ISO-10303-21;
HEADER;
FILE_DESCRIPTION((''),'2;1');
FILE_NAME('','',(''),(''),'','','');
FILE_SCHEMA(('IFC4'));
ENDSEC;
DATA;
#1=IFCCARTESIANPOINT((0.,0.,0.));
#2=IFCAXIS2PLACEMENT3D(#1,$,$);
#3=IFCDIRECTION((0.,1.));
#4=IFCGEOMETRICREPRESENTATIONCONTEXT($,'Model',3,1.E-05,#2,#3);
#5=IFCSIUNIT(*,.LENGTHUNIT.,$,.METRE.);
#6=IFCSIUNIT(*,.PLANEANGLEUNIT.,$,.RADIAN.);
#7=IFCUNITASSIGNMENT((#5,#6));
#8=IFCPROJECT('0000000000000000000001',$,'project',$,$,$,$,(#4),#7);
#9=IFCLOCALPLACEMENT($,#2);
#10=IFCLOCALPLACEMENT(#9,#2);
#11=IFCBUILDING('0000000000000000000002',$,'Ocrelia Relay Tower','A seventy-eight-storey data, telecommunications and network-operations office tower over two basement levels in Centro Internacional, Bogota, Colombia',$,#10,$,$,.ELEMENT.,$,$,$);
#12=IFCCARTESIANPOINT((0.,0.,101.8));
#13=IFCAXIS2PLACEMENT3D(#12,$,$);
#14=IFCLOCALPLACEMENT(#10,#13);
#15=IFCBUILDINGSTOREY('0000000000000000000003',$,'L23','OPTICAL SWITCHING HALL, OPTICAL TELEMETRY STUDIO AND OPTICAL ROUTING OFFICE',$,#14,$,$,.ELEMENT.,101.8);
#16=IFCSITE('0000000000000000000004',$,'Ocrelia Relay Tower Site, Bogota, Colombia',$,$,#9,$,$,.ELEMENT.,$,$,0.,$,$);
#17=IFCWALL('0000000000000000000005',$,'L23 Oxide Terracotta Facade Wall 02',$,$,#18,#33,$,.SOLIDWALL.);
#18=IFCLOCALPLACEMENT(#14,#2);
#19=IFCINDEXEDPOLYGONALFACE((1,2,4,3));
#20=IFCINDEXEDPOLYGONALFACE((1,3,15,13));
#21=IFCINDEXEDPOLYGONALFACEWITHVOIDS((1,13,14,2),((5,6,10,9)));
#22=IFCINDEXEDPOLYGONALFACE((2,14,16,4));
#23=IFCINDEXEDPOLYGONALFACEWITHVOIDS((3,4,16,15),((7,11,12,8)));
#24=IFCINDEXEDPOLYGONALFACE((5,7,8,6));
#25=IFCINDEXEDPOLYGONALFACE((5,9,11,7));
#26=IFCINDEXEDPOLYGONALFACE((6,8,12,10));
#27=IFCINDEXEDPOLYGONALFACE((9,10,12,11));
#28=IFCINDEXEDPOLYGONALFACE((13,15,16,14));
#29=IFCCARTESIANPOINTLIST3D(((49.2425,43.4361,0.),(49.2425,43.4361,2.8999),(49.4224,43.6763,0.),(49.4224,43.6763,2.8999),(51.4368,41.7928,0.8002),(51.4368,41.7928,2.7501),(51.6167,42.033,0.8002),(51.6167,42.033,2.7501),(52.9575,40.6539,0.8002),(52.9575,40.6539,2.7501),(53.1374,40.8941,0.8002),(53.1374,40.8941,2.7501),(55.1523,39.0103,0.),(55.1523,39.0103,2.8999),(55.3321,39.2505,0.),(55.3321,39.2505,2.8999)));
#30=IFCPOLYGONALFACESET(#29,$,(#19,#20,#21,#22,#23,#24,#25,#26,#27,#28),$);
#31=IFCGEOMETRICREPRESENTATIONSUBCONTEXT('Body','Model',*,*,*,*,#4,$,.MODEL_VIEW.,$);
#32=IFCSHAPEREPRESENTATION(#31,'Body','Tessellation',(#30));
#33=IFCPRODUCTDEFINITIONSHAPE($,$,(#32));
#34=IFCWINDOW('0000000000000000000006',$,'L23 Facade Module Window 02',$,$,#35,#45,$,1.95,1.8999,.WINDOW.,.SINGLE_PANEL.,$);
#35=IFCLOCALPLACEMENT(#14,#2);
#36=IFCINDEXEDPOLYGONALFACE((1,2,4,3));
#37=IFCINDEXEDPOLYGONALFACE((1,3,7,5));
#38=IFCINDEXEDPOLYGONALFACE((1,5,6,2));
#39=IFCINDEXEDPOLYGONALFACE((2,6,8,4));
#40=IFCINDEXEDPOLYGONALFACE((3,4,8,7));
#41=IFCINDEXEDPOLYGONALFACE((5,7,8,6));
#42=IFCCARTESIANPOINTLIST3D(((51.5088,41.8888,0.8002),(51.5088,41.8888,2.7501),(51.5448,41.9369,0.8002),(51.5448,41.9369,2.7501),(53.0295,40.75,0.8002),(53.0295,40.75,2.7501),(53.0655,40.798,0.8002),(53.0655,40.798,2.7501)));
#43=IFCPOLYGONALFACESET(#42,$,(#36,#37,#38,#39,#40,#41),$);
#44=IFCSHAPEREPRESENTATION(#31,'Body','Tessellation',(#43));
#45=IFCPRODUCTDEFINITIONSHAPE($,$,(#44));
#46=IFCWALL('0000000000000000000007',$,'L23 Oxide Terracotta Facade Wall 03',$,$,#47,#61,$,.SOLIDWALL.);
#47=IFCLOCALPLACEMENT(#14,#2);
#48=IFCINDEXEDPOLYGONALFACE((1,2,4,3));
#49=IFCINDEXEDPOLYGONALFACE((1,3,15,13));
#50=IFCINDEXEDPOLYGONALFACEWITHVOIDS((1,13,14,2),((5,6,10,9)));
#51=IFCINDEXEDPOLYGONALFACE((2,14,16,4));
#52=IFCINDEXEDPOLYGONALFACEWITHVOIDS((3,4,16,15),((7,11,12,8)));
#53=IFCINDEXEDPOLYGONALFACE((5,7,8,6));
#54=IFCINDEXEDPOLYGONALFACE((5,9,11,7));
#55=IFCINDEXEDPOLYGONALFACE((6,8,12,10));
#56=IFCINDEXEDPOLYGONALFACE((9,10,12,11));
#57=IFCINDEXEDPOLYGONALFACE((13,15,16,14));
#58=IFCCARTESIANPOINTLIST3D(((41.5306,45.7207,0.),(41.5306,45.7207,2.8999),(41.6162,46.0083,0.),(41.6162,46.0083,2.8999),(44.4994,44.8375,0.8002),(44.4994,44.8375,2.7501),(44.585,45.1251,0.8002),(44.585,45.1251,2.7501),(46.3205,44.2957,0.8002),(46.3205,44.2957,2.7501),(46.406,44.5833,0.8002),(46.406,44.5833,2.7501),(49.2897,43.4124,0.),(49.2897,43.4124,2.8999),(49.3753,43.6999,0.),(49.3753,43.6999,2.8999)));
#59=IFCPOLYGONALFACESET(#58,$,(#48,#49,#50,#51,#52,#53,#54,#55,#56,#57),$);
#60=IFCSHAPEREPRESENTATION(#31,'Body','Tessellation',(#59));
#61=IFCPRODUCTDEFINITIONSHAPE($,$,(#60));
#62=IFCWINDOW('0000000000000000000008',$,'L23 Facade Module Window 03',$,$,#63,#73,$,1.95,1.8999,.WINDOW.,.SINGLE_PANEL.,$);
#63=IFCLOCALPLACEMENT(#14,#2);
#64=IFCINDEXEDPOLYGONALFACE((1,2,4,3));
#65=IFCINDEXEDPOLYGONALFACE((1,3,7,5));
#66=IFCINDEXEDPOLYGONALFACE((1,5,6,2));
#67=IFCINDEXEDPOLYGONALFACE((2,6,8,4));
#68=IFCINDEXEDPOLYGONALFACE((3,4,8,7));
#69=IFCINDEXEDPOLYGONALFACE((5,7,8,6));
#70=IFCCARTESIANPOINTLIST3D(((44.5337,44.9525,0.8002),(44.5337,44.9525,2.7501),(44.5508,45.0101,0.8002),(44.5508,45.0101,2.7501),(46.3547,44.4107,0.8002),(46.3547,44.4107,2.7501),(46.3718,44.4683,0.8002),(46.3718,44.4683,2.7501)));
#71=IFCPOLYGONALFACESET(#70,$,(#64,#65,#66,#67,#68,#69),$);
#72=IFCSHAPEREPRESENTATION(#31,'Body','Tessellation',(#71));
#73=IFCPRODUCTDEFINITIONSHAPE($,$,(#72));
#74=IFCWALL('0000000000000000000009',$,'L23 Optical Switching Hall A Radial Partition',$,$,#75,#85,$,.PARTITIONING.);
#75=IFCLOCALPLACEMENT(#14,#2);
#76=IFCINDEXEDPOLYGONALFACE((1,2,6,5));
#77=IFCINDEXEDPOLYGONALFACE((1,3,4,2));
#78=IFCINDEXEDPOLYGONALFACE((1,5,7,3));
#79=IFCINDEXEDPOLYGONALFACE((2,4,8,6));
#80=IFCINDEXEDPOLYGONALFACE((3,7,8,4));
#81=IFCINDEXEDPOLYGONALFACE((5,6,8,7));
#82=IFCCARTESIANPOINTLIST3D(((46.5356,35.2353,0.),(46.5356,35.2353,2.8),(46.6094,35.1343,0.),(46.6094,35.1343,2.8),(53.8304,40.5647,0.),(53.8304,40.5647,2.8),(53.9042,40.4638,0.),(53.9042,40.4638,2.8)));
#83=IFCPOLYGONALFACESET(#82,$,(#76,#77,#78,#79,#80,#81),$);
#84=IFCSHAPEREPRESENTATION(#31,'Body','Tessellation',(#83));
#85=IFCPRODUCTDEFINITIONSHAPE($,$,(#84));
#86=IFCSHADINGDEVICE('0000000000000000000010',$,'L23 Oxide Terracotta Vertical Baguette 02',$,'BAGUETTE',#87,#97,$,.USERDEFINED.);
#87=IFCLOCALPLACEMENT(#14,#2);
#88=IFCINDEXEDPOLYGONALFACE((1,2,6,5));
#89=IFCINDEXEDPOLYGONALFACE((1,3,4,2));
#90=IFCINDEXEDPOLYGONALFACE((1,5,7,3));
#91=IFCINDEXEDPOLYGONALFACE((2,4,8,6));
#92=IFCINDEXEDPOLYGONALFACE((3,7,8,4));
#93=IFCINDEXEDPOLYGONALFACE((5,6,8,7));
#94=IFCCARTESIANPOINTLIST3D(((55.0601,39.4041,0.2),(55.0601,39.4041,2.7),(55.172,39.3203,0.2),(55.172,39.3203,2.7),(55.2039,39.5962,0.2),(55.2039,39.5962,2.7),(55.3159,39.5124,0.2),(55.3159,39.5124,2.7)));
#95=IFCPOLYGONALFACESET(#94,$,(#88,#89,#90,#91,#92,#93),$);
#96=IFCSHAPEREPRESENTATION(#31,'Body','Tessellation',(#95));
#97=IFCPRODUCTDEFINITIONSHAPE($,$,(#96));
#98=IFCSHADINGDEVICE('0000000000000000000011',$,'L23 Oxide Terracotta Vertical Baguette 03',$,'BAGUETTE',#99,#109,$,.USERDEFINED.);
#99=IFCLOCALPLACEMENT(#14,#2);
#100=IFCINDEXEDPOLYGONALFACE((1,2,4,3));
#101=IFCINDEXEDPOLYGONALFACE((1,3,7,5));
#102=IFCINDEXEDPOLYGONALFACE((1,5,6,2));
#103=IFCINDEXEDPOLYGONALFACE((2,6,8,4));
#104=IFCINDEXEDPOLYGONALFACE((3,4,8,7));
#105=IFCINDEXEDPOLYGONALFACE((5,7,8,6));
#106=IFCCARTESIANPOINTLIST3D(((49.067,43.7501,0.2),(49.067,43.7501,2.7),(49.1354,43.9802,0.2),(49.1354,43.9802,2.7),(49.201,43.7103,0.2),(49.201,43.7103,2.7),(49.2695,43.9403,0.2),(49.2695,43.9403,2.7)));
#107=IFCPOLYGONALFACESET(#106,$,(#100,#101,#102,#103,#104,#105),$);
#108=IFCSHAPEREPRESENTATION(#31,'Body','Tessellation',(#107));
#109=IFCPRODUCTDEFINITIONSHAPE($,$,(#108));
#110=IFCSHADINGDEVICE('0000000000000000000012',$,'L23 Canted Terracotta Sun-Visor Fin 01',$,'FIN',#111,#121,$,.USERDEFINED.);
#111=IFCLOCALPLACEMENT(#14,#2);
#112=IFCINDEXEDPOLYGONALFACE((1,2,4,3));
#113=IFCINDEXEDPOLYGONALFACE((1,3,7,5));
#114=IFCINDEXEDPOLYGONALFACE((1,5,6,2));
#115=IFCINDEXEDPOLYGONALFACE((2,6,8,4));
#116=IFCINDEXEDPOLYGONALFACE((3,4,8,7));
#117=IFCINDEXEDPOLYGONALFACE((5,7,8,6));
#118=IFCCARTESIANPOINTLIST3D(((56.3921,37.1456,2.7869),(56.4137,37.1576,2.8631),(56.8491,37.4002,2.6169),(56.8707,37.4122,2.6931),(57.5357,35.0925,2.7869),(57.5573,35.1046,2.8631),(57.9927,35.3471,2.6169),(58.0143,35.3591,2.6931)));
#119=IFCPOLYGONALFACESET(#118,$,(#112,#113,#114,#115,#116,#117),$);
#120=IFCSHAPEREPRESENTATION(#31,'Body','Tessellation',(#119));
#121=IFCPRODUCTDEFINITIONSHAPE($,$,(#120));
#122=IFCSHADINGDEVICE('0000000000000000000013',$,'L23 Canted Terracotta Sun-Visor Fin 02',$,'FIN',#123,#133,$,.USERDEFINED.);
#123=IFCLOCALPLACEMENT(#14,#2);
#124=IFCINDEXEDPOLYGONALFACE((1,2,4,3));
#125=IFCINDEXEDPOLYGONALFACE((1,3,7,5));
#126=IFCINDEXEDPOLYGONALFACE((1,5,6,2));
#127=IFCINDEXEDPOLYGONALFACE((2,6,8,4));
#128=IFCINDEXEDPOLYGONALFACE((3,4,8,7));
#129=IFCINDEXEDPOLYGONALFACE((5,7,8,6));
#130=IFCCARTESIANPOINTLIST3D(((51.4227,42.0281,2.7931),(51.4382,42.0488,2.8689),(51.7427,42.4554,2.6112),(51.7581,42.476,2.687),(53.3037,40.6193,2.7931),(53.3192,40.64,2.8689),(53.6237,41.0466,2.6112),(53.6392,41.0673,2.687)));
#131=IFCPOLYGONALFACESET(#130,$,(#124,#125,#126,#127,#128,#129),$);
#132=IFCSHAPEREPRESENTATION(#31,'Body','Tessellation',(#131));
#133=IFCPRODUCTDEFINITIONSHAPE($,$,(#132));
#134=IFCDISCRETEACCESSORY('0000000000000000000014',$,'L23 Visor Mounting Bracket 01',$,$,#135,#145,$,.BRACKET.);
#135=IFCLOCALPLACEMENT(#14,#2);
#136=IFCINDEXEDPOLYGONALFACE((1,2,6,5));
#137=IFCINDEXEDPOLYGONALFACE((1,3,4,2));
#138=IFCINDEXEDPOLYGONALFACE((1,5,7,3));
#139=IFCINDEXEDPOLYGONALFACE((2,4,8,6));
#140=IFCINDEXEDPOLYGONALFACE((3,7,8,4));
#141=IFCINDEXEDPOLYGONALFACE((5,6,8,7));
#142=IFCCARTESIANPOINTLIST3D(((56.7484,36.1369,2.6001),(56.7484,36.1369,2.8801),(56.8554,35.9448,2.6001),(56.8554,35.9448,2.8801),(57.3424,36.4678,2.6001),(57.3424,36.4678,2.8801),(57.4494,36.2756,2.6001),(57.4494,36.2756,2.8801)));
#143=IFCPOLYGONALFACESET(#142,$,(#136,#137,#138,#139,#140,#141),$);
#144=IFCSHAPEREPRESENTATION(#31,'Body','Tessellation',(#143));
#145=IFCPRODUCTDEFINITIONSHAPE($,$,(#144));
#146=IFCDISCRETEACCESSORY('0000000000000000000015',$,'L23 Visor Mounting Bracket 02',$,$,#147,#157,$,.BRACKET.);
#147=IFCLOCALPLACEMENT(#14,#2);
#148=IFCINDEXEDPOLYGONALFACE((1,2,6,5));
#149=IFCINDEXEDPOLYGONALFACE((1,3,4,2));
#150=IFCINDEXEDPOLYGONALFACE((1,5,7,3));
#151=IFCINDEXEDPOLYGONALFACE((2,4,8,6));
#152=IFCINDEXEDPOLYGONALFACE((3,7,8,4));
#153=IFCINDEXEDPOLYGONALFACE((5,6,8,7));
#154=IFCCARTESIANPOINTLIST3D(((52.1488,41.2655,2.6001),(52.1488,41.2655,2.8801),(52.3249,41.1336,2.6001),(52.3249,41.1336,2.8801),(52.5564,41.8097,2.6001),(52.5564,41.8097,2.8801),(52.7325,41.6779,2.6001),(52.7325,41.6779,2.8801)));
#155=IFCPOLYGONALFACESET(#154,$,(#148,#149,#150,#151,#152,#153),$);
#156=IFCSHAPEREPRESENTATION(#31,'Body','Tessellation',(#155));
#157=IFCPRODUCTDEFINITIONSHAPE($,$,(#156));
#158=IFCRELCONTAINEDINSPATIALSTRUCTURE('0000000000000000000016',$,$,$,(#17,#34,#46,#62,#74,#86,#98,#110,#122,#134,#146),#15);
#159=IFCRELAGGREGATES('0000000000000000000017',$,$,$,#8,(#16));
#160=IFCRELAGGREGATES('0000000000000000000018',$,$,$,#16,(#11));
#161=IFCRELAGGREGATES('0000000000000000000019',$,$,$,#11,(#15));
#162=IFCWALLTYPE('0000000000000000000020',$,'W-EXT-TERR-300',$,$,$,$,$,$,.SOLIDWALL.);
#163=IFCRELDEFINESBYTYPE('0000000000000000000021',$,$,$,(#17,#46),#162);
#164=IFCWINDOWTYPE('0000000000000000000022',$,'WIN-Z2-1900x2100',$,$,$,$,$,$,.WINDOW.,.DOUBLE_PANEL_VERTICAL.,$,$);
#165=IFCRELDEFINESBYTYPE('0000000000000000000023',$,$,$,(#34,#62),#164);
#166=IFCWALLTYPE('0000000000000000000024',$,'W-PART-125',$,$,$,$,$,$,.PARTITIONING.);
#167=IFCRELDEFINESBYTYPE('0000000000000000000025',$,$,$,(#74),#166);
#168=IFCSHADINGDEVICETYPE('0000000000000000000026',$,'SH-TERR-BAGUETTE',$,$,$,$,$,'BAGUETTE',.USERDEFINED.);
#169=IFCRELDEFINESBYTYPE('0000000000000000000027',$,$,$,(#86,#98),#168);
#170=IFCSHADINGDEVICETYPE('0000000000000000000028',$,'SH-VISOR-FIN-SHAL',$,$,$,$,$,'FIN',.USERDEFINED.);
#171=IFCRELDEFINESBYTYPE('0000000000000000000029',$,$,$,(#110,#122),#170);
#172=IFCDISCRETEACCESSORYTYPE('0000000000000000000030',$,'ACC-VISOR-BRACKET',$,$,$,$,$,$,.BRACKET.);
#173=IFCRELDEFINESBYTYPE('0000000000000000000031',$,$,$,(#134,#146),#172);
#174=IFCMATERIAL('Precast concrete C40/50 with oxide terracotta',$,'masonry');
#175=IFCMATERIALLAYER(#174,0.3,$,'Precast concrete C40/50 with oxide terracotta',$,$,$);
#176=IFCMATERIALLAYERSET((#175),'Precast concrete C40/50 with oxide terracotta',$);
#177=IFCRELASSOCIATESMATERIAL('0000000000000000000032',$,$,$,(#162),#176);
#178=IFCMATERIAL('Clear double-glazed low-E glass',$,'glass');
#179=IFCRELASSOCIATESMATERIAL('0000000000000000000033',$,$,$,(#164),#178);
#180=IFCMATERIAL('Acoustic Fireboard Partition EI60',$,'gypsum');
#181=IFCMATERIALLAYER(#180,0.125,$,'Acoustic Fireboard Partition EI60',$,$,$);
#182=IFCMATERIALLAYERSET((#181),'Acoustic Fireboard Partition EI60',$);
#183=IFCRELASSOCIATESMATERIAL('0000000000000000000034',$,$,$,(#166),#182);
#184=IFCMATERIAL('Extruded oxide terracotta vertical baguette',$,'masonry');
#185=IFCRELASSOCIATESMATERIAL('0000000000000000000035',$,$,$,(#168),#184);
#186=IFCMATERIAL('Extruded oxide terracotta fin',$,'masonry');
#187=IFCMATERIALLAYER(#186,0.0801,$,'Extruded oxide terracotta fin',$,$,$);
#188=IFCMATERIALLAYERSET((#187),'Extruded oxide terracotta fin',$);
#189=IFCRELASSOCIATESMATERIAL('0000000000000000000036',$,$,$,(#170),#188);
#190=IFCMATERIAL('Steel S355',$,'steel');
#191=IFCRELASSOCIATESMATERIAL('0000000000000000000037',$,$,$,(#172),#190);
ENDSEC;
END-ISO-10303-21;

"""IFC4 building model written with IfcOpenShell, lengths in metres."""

from ifc_helpers import new_model, si_unit, direction, frame, frame_2d, origin, origin_2d, place, context, subcontext, project, spatial, rectangle, extrude, material, layer, layer_set, type_object, element, fill, save


model = new_model("IFC4")

# Units and contexts
model_context = context("Model", 3, precision=1e-05, world=origin(), true_north=direction((0.0, 1.0)))
body_context = subcontext(model_context, "Body", "Model", "MODEL_VIEW")
ifc_project = project(units=[si_unit("LENGTHUNIT", "METRE"), si_unit("PLANEANGLEUNIT", "RADIAN")], contexts=[model_context])

# Site, building, storey
site_placement = place(None, origin())
site = spatial("IfcSite", under=ifc_project, at=site_placement, Name="Ocrelia Relay Tower Site, Bogota, Colombia", CompositionType="ELEMENT", RefElevation=0.0)
building_placement = place(site_placement, origin())
building = spatial("IfcBuilding", under=site, at=building_placement, Name="Ocrelia Relay Tower", Description="A seventy-eight-storey data, telecommunications and network-operations office tower over two basement levels in Centro Internacional, Bogota, Colombia", CompositionType="ELEMENT")
storey_placement = place(building_placement, frame((0.0, 0.0, 101.8)))
storey = spatial("IfcBuildingStorey", under=building, at=storey_placement, Name="L23", Description="OPTICAL SWITCHING HALL, OPTICAL TELEMETRY STUDIO AND OPTICAL ROUTING OFFICE", CompositionType="ELEMENT", Elevation=101.8)

# Shared definitions
ifc_material_1 = material(Name="Steel S355", Category="steel")

# Shared definitions
ifc_material_2 = material(Name="Clear double-glazed low-E glass", Category="glass")

# Walls, openings, windows
ifc_material_3 = material(Name="Precast concrete C40/50 with oxide terracotta", Category="masonry")
ifc_layer_1 = layer(ifc_material_3, 0.3, Name="Precast concrete C40/50 with oxide terracotta")
ifc_layer_set_1 = layer_set([ifc_layer_1], Name="Precast concrete C40/50 with oxide terracotta")
wall_type_1 = type_object("IfcWallType", Name="W-EXT-TERR-300", PredefinedType="SOLIDWALL", material=ifc_layer_set_1)
wall_1_placement = place(storey_placement, frame((55.2422, 39.1304, 0.0), z_axis=(0.0, 0.0, 1.0), x_axis=(-0.80042, 0.599439, 0.0)))
wall_1 = element("IfcWall", 1, at=wall_1_placement, inside=storey, type_object=wall_type_1, Name="L23 Oxide Terracotta Facade Wall 02", PredefinedType="SOLIDWALL", context=body_context, shape_type="SweptSolid", body=[
    extrude(rectangle(XDim=7.3833, YDim=0.3, at=frame_2d((3.6917, 0.0))), origin(), (0.0, 0.0, 1.0), 2.8999),
])
opening_1_placement = place(wall_1_placement, frame((2.7419, 0.0, 0.8)))
opening_1 = element("IfcOpeningElement", 2, at=opening_1_placement, cuts=wall_1, PredefinedType="OPENING", context=body_context, shape_type="SweptSolid", body=[
    extrude(rectangle(XDim=1.8999, YDim=1.95, at=frame_2d((0.95, 0.9751))), frame((0.0, 0.1602, 0.0), z_axis=(0.0, -1.0, 0.0), x_axis=(1.0, 0.0, 0.0)), (0.0, 0.0, 1.0), 0.3201),
])
window_type = type_object("IfcWindowType", Name="WIN-Z2-1900x2100", PartitioningType="DOUBLE_PANEL_VERTICAL", PredefinedType="WINDOW", material=ifc_material_2)
window_1_placement = place(opening_1_placement, origin())
window_1 = element("IfcWindow", 3, at=window_1_placement, inside=storey, type_object=window_type, Name="L23 Facade Module Window 02", OverallHeight=1.95, OverallWidth=1.8999, PartitioningType="SINGLE_PANEL", PredefinedType="WINDOW", context=body_context, shape_type="SweptSolid", body=[
    extrude(rectangle(XDim=1.8999, YDim=1.95, at=frame_2d((0.95, 0.9751))), frame((0.0, 0.03, 0.0), z_axis=(0.0, -1.0, 0.0), x_axis=(1.0, 0.0, 0.0)), (0.0, 0.0, 1.0), 0.0601),
])
fill(opening_1, window_1)
wall_2_placement = place(storey_placement, frame((49.3325, 43.5562, 0.0), z_axis=(0.0, 0.0, 1.0), x_axis=(-0.958482, 0.285153, 0.0)))
wall_2 = element("IfcWall", 4, at=wall_2_placement, inside=storey, type_object=wall_type_1, Name="L23 Oxide Terracotta Facade Wall 03", PredefinedType="SOLIDWALL", context=body_context, shape_type="SweptSolid", body=[
    extrude(rectangle(XDim=8.0952, YDim=0.3, at=frame_2d((4.0476, 0.0))), origin(), (0.0, 0.0, 1.0), 2.8999),
])
opening_2_placement = place(wall_2_placement, frame((3.0979, 0.0, 0.8)))
opening_2 = element("IfcOpeningElement", 5, at=opening_2_placement, cuts=wall_2, PredefinedType="OPENING", context=body_context, shape_type="SweptSolid", body=[
    extrude(rectangle(XDim=1.8999, YDim=1.95, at=frame_2d((0.95, 0.9751))), frame((0.0, 0.1602, 0.0), z_axis=(0.0, -1.0, 0.0), x_axis=(1.0, 0.0, 0.0)), (0.0, 0.0, 1.0), 0.3201),
])
window_2_placement = place(opening_2_placement, origin())
window_2 = element("IfcWindow", 6, at=window_2_placement, inside=storey, type_object=window_type, Name="L23 Facade Module Window 03", OverallHeight=1.95, OverallWidth=1.8999, PartitioningType="SINGLE_PANEL", PredefinedType="WINDOW", context=body_context, shape_type="SweptSolid", body=[
    extrude(rectangle(XDim=1.8999, YDim=1.95, at=frame_2d((0.95, 0.9751))), frame((0.0, 0.03, 0.0), z_axis=(0.0, -1.0, 0.0), x_axis=(1.0, 0.0, 0.0)), (0.0, 0.0, 1.0), 0.0601),
])
fill(opening_2, window_2)

# Wall
ifc_material_4 = material(Name="Acoustic Fireboard Partition EI60", Category="gypsum")
ifc_layer_2 = layer(ifc_material_4, 0.125, Name="Acoustic Fireboard Partition EI60")
ifc_layer_set_2 = layer_set([ifc_layer_2], Name="Acoustic Fireboard Partition EI60")
wall_type_2 = type_object("IfcWallType", Name="W-PART-125", PredefinedType="PARTITIONING", material=ifc_layer_set_2)
wall_3_placement = place(storey_placement, frame((46.5725, 35.1848, 0.0), z_axis=(0.0, 0.0, 1.0), x_axis=(0.807464, 0.589917, 0.0)))
element("IfcWall", 7, at=wall_3_placement, inside=storey, type_object=wall_type_2, Name="L23 Optical Switching Hall A Radial Partition", PredefinedType="PARTITIONING", context=body_context, shape_type="SweptSolid", body=[
    extrude(rectangle(XDim=9.0342, YDim=0.125, at=frame_2d((4.5171, 0.0))), origin(), (0.0, 0.0, 1.0), 2.8),
])

# Shading devices
ifc_material_5 = material(Name="Extruded oxide terracotta vertical baguette", Category="masonry")
shading_device_type_1 = type_object("IfcShadingDeviceType", Name="SH-TERR-BAGUETTE", ElementType="BAGUETTE", PredefinedType="USERDEFINED", material=ifc_material_5)
for number, where, z_axis, x_axis, name in (
    (8, (55.188, 39.4583, 0.2), (0.0, 0.0, 1.0), (-0.800414, 0.599447, 0.0), "L23 Oxide Terracotta Vertical Baguette 02"),
    (9, (49.1682, 43.8452, 0.2), (0.0, 0.0, 1.0), (-0.95848, 0.28516, 0.0), "L23 Oxide Terracotta Vertical Baguette 03"),
):
    element("IfcShadingDevice", number, at=place(storey_placement, frame(where, z_axis=z_axis, x_axis=x_axis)), inside=storey, type_object=shading_device_type_1, Name=name, ObjectType="BAGUETTE", PredefinedType="USERDEFINED", context=body_context, shape_type="SweptSolid", body=[
        extrude(rectangle(XDim=0.1399, YDim=0.24, at=origin_2d()), origin(), (0.0, 0.0, 1.0), 2.5),
    ])
ifc_material_6 = material(Name="Extruded oxide terracotta fin", Category="masonry")
ifc_layer_3 = layer(ifc_material_6, 0.0801, Name="Extruded oxide terracotta fin")
ifc_layer_set_3 = layer_set([ifc_layer_3], Name="Extruded oxide terracotta fin")
shading_device_type_2 = type_object("IfcShadingDeviceType", Name="SH-VISOR-FIN-SHAL", ElementType="FIN", PredefinedType="USERDEFINED", material=ifc_layer_set_3)
shading_device_1_placement = place(storey_placement, frame((57.1924, 36.2463, 2.7019), z_axis=(0.269961, 0.150375, 0.951057), x_axis=(-0.486624, 0.873612, 0.0)))
element("IfcShadingDevice", 10, at=shading_device_1_placement, inside=storey, type_object=shading_device_type_2, Name="L23 Canted Terracotta Sun-Visor Fin 01", ObjectType="FIN", PredefinedType="USERDEFINED", context=body_context, shape_type="SweptSolid", body=[
    extrude(rectangle(XDim=2.3501, YDim=0.55, at=origin_2d()), origin(), (0.0, 0.0, 1.0), 0.0801),
])
shading_device_2_placement = place(storey_placement, frame((52.5232, 41.5374, 2.7021), z_axis=(0.193379, 0.258211, 0.946537), x_axis=(-0.800414, 0.599447, 0.0)))
element("IfcShadingDevice", 11, at=shading_device_2_placement, inside=storey, type_object=shading_device_type_2, Name="L23 Canted Terracotta Sun-Visor Fin 02", ObjectType="FIN", PredefinedType="USERDEFINED", context=body_context, shape_type="SweptSolid", body=[
    extrude(rectangle(XDim=2.3501, YDim=0.564, at=origin_2d()), origin(), (0.0, 0.0, 1.0), 0.0801),
])

# Discrete accessories
discrete_accessory_type = type_object("IfcDiscreteAccessoryType", Name="ACC-VISOR-BRACKET", PredefinedType="BRACKET", material=ifc_material_1)
for number, where, z_axis, x_axis, name in (
    (12, (57.0989, 36.2063, 2.6001), (0.0, 0.0, 1.0), (-0.486624, 0.873612, 0.0), "L23 Visor Mounting Bracket 01"),
    (13, (52.4407, 41.4717, 2.6001), (0.0, 0.0, 1.0), (-0.800414, 0.599447, 0.0), "L23 Visor Mounting Bracket 02"),
):
    element("IfcDiscreteAccessory", number, at=place(storey_placement, frame(where, z_axis=z_axis, x_axis=x_axis)), inside=storey, type_object=discrete_accessory_type, Name=name, PredefinedType="BRACKET", context=body_context, shape_type="SweptSolid", body=[
        extrude(rectangle(XDim=0.22, YDim=0.6799, at=origin_2d()), origin(), (0.0, 0.0, 1.0), 0.28),
    ])

save(model, "model.ifc")
